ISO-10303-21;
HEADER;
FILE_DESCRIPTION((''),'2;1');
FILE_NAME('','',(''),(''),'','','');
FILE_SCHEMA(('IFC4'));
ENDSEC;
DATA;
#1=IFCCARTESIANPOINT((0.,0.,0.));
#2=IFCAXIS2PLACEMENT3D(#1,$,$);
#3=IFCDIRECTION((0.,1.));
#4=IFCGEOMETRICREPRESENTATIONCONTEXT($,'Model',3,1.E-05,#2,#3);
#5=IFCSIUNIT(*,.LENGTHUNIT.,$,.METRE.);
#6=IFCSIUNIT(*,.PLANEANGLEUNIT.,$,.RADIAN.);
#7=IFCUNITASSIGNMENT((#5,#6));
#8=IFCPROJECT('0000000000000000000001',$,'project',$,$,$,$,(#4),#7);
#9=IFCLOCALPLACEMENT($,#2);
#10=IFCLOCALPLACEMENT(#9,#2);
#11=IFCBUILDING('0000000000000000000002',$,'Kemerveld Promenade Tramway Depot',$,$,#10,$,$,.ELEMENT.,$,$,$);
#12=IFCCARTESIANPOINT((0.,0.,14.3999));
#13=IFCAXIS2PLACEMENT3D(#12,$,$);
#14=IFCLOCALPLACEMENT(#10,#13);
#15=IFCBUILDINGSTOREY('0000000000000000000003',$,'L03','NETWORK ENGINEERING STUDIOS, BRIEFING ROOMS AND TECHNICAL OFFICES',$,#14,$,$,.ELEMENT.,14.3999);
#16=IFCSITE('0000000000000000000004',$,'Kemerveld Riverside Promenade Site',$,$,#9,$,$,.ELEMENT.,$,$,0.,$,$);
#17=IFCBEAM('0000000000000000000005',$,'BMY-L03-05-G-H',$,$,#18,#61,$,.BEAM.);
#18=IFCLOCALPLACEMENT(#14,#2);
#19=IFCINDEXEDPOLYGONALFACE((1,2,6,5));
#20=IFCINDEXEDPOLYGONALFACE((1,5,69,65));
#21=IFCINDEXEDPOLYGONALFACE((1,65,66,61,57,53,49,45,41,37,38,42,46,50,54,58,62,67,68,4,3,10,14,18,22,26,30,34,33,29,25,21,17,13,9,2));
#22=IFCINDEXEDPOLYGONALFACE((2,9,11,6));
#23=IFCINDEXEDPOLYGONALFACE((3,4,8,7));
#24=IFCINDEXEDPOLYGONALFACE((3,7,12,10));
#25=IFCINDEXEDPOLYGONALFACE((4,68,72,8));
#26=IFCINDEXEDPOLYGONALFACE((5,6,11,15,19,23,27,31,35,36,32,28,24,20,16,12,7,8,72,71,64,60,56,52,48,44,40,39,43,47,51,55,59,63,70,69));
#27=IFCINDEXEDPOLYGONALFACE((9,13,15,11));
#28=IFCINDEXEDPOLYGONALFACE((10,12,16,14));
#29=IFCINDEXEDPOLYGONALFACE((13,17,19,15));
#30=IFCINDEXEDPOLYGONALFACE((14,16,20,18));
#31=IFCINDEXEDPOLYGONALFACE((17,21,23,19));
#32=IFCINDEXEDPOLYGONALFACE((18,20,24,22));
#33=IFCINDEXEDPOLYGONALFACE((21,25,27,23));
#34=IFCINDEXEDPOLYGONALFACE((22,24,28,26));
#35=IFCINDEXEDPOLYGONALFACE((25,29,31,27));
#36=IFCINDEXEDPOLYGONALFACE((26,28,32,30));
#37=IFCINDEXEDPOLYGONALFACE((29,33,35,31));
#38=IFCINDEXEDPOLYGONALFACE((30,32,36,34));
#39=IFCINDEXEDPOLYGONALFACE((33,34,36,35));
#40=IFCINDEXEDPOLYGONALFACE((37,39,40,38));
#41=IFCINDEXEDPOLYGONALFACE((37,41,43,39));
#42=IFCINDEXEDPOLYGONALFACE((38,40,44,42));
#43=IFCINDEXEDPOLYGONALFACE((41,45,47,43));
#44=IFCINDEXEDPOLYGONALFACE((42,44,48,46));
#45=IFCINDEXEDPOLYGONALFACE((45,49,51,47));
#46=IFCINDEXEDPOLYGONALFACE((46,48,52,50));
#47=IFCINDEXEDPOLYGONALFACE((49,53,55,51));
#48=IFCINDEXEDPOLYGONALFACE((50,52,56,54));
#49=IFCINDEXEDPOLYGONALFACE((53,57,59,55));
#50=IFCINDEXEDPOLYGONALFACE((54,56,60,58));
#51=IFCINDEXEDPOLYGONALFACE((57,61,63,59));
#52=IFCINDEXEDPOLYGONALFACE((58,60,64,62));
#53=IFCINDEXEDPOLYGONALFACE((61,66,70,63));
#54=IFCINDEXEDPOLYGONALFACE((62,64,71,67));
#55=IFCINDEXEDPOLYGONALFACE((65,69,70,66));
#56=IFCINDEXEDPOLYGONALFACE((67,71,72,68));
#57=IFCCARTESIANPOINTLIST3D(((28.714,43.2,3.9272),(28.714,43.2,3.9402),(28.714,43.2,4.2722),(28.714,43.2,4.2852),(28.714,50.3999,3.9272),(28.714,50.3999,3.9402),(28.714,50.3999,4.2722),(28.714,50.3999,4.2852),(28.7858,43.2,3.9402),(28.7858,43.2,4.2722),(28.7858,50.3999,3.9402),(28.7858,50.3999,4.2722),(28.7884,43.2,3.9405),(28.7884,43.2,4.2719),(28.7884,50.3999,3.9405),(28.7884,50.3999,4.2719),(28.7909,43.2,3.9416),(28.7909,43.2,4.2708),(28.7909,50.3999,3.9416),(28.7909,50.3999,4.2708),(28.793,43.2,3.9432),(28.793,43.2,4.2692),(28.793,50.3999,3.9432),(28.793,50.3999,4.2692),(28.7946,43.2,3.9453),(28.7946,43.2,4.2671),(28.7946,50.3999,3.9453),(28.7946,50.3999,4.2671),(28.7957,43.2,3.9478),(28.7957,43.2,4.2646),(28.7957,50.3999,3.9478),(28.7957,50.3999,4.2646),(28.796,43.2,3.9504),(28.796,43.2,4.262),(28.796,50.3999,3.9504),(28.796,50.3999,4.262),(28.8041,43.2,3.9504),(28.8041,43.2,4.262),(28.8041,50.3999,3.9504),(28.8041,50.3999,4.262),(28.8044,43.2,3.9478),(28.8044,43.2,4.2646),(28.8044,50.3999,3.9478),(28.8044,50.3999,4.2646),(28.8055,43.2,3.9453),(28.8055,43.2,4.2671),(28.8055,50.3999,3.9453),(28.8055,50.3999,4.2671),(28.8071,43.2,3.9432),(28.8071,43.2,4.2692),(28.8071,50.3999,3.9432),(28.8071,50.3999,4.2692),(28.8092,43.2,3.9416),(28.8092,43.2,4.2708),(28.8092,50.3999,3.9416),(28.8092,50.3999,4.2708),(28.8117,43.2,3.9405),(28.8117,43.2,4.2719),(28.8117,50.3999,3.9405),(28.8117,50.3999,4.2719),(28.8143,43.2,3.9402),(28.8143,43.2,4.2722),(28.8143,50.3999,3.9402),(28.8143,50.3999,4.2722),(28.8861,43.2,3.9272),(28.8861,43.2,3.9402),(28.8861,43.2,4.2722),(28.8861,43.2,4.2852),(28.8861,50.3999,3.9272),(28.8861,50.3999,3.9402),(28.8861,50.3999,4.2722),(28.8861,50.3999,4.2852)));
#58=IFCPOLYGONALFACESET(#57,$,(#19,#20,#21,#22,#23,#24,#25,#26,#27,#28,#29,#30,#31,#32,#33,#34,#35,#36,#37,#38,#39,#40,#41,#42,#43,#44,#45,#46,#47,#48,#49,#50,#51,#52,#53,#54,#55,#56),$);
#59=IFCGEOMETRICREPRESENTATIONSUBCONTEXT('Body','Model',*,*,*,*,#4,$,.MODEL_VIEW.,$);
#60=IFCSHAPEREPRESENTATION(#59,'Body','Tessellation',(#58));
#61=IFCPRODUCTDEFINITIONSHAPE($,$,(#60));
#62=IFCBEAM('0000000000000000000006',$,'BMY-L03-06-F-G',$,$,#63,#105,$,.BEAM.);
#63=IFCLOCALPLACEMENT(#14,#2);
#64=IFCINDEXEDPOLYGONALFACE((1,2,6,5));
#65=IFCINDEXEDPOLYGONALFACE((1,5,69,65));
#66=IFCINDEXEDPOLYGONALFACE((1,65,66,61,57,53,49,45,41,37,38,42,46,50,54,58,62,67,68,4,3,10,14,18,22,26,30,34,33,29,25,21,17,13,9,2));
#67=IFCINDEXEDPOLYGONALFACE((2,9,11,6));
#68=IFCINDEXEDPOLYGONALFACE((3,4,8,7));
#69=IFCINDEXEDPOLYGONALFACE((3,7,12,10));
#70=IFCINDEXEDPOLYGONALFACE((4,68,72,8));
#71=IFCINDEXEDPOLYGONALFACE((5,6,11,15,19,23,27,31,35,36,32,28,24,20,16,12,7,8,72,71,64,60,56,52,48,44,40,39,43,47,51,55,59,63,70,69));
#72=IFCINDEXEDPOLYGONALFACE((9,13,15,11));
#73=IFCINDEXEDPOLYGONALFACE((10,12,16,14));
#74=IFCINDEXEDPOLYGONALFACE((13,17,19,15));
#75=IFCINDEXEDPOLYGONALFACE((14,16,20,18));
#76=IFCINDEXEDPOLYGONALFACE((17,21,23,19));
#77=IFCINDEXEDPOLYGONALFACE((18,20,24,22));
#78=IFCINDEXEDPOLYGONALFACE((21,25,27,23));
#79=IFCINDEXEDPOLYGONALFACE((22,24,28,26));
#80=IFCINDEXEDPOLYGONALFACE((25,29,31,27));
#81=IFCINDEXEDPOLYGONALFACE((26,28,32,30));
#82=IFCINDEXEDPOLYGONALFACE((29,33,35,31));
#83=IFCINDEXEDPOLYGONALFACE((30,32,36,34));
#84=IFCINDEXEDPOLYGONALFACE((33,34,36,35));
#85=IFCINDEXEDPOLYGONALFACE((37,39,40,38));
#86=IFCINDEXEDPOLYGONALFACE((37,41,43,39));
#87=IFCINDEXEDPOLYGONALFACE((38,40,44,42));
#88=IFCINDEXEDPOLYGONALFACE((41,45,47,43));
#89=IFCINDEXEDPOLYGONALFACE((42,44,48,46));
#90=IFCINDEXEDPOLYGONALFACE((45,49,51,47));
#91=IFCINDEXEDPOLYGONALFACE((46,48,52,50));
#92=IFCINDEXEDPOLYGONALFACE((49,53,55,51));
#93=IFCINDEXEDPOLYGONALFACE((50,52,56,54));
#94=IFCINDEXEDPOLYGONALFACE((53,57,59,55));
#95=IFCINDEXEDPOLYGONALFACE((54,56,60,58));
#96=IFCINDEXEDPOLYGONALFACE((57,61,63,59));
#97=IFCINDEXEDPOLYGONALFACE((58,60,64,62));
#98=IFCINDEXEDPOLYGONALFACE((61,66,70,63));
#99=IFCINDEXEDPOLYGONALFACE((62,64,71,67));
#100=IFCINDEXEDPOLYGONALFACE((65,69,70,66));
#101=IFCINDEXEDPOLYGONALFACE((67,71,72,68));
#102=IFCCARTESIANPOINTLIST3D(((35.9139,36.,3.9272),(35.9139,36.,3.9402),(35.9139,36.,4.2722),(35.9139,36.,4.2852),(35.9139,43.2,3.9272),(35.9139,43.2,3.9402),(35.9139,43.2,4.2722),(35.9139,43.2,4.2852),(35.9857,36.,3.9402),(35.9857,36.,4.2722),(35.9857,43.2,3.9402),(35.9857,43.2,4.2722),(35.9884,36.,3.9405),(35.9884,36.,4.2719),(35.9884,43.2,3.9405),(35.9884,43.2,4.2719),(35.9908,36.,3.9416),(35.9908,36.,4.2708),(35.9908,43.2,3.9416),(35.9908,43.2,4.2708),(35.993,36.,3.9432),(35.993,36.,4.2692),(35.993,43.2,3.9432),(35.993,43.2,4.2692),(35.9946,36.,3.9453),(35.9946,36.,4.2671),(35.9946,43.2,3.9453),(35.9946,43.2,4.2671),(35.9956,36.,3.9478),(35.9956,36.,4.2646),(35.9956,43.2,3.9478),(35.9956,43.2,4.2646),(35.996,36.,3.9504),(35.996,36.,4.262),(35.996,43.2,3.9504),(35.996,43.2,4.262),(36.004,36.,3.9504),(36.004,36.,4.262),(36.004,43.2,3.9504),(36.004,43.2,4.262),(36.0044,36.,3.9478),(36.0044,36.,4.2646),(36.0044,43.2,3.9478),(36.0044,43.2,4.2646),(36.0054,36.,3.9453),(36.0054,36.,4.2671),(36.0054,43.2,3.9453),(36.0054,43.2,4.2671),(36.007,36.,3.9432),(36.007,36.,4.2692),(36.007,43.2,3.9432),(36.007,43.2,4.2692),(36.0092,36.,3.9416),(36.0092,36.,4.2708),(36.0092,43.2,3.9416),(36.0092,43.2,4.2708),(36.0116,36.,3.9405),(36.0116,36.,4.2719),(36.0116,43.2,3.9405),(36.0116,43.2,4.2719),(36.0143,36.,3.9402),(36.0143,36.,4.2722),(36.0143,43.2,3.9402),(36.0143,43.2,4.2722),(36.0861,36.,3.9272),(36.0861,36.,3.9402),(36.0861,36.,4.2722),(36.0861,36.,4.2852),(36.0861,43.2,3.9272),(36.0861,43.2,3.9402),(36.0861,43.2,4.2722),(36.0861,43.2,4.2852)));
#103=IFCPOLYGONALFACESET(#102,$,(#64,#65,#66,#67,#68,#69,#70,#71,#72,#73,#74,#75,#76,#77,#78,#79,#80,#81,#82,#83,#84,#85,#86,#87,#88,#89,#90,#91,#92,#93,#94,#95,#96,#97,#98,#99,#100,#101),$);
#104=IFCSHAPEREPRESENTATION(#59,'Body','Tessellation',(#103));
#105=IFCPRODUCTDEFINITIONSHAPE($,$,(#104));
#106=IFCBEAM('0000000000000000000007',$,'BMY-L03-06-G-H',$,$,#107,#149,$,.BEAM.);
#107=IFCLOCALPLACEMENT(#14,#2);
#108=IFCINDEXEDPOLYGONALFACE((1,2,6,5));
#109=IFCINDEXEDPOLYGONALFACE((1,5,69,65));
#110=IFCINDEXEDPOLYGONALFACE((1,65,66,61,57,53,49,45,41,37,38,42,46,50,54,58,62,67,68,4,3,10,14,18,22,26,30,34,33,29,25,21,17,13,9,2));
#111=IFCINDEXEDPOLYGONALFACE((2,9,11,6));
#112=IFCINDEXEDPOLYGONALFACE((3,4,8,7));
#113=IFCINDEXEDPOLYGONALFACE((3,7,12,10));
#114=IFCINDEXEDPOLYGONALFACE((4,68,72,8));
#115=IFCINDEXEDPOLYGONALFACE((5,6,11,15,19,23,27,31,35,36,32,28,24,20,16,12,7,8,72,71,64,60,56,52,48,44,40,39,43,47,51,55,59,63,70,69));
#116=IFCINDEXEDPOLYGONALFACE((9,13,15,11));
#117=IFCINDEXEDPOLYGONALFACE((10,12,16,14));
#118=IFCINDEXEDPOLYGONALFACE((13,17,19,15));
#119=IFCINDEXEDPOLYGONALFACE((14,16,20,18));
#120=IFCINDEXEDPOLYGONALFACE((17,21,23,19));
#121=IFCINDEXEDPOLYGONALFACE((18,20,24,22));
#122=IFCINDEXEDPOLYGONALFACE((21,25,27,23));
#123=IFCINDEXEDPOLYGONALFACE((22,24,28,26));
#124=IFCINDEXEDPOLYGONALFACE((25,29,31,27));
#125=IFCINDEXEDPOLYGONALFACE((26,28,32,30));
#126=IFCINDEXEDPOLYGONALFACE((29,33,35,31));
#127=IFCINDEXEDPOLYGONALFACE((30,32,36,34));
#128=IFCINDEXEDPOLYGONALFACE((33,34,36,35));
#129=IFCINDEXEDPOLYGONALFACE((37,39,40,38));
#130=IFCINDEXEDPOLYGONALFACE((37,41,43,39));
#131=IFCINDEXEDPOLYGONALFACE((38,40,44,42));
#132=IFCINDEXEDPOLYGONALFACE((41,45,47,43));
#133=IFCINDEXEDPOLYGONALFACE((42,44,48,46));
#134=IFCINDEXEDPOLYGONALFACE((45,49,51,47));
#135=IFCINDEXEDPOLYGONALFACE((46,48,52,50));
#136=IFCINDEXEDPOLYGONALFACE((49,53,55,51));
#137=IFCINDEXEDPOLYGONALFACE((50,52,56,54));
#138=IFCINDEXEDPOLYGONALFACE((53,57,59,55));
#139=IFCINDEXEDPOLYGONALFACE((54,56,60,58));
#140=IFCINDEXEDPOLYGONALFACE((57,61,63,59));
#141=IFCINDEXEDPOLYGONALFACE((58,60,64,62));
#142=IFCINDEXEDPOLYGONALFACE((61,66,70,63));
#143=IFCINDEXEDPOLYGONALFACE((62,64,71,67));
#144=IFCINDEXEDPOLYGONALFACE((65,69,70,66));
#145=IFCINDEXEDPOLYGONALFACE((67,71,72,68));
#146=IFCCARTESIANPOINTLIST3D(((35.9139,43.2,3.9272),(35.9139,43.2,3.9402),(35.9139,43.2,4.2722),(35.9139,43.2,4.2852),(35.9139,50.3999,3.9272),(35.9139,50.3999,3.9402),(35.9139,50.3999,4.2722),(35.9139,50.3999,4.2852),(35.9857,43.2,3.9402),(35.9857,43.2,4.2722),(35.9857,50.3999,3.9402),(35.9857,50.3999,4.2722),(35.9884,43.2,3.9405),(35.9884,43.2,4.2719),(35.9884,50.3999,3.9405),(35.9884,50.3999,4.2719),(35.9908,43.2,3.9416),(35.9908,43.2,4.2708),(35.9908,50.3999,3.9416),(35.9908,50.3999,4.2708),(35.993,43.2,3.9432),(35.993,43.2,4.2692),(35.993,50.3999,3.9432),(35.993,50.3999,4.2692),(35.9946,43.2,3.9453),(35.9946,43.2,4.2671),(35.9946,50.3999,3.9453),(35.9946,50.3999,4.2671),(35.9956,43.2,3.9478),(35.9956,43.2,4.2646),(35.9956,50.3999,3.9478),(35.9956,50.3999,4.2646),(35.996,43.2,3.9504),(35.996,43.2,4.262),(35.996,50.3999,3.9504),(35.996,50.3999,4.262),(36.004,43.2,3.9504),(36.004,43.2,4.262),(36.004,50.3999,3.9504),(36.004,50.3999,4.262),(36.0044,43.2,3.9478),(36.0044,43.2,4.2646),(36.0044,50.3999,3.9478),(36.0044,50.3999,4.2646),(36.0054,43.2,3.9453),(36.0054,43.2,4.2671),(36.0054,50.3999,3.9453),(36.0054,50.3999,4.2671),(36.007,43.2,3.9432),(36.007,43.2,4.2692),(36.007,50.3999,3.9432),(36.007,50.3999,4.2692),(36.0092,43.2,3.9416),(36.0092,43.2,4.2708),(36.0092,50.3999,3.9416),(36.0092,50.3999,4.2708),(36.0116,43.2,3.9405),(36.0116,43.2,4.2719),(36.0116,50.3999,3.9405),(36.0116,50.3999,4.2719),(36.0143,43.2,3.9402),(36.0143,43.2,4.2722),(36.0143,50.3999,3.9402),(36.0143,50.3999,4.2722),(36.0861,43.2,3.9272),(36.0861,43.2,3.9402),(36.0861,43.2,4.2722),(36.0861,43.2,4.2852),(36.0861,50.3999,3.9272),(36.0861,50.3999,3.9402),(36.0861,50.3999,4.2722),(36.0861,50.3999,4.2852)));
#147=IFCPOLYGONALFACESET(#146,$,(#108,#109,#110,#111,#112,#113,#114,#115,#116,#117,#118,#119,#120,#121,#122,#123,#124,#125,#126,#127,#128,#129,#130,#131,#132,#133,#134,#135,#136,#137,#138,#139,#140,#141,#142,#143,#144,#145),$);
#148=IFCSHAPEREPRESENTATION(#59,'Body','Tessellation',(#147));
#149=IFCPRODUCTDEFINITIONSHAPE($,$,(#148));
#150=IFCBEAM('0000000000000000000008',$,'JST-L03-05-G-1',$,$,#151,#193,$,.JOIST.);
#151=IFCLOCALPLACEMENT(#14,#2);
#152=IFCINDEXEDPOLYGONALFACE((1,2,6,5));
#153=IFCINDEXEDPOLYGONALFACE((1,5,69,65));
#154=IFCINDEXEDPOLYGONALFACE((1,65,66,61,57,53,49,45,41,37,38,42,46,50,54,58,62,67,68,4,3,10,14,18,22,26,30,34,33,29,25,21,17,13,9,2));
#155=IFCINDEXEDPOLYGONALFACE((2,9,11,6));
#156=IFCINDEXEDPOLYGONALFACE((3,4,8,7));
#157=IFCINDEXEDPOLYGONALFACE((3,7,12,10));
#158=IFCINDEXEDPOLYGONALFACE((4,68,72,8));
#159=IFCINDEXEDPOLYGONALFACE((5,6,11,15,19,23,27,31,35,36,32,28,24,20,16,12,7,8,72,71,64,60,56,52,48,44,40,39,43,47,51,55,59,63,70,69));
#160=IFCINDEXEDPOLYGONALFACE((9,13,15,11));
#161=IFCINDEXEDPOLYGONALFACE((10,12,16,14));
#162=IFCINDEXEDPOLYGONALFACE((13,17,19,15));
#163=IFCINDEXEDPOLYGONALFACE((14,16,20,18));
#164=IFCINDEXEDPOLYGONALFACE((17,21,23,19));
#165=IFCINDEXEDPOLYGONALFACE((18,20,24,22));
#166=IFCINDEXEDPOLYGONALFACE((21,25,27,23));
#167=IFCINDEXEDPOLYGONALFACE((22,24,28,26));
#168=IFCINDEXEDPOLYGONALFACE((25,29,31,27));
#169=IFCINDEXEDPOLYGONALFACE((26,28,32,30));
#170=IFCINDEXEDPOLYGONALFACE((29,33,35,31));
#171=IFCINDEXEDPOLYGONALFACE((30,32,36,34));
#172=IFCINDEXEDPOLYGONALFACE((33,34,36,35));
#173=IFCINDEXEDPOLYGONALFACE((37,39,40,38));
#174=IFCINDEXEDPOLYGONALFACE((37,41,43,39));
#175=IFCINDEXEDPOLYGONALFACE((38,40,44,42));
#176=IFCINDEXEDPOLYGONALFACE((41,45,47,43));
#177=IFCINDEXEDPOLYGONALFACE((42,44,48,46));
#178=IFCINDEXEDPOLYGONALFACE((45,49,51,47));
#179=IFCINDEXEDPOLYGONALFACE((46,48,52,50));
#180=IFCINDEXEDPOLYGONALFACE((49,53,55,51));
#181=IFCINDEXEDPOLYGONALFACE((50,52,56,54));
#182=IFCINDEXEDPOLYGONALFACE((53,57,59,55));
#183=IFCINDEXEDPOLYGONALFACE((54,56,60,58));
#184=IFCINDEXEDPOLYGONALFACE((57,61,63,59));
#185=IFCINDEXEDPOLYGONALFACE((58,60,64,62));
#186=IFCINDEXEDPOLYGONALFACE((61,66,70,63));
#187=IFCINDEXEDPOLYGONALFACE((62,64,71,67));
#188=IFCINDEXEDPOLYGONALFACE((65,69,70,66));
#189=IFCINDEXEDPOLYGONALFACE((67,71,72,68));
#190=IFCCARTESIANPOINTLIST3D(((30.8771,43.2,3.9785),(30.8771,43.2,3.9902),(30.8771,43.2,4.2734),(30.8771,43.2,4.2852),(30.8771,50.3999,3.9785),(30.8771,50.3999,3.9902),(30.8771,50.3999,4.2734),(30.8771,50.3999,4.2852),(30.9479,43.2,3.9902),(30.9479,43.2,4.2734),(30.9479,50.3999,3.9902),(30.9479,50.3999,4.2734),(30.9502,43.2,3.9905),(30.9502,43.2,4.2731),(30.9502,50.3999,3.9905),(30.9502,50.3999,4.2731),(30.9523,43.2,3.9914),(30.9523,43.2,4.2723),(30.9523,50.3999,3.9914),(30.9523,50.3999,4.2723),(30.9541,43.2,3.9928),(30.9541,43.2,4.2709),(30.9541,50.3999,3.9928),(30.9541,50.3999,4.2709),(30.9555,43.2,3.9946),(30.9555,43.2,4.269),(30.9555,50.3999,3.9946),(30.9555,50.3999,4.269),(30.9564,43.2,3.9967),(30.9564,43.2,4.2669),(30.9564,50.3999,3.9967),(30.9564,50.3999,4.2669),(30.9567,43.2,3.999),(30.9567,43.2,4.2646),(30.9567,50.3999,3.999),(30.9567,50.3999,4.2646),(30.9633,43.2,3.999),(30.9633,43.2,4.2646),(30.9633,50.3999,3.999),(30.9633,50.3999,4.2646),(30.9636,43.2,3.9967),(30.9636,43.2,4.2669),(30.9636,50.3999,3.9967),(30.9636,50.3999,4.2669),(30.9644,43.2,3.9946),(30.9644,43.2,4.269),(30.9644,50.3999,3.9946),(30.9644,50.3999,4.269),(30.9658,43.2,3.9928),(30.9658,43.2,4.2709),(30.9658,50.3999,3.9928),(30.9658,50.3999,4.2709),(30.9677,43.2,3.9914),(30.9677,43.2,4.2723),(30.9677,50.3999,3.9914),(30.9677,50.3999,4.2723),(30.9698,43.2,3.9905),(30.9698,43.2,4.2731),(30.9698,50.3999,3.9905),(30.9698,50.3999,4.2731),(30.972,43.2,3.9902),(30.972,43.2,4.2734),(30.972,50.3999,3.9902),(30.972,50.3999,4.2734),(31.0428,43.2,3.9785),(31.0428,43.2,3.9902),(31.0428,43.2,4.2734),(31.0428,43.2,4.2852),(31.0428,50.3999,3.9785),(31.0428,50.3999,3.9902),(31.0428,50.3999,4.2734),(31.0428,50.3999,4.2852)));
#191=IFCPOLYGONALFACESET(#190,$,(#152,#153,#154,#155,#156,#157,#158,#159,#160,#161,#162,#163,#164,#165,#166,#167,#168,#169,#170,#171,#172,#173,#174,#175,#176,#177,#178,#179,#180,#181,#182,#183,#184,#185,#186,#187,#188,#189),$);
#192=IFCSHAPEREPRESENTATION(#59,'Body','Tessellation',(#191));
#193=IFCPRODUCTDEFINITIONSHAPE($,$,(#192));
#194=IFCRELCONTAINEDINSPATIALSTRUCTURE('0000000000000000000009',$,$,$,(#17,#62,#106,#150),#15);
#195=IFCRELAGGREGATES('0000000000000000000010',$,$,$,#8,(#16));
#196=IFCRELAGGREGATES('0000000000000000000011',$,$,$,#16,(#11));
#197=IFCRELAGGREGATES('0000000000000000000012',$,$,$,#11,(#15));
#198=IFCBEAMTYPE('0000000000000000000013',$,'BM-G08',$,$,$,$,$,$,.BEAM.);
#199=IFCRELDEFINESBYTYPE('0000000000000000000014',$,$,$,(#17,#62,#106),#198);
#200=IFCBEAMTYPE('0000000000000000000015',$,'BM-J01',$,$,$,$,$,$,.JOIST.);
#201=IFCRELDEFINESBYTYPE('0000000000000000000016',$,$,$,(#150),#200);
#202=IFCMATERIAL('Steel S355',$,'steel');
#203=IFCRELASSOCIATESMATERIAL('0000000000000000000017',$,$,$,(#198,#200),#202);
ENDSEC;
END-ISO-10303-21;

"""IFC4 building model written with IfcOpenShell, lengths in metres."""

from ifc_helpers import new_model, si_unit, direction, frame, origin, origin_2d, place, context, subcontext, project, spatial, i_section, extrude, material, material_profile, profile_set, type_object, element, save


model = new_model("IFC4")

# Units and contexts
model_context = context("Model", 3, precision=1e-05, world=origin(), true_north=direction((0.0, 1.0)))
body_context = subcontext(model_context, "Body", "Model", "MODEL_VIEW")
ifc_project = project(units=[si_unit("LENGTHUNIT", "METRE"), si_unit("PLANEANGLEUNIT", "RADIAN")], contexts=[model_context])

# Site, building, storey
site_placement = place(None, origin())
site = spatial("IfcSite", under=ifc_project, at=site_placement, Name="Kemerveld Riverside Promenade Site", CompositionType="ELEMENT", RefElevation=0.0)
building_placement = place(site_placement, origin())
building = spatial("IfcBuilding", under=site, at=building_placement, Name="Kemerveld Promenade Tramway Depot", CompositionType="ELEMENT")
storey_placement = place(building_placement, frame((0.0, 0.0, 14.3999)))
storey = spatial("IfcBuildingStorey", under=building, at=storey_placement, Name="L03", Description="NETWORK ENGINEERING STUDIOS, BRIEFING ROOMS AND TECHNICAL OFFICES", CompositionType="ELEMENT", Elevation=14.3999)

# Shared definitions
ifc_material = material(Name="Steel S355", Category="steel")

# Beams
ifc_material_profile_1 = material_profile(ifc_material, i_section(OverallWidth=0.1721, OverallDepth=0.3579, WebThickness=0.0081, FlangeThickness=0.0129, FilletRadius=0.0103, at=origin_2d()), Name="356x171x57 UB")
ifc_profile_set_1 = profile_set([ifc_material_profile_1], Name="Steel S355")
beam_type_1 = type_object("IfcBeamType", Name="BM-G08", PredefinedType="BEAM", material=ifc_profile_set_1)
for number, where, z_axis, x_axis, name in (
    (1, (28.8, 43.2, 4.1062), (0.0, 1.0, 0.0), (-1.0, 0.0, 0.0), "BMY-L03-05-G-H"),
    (2, (36.0, 36.0, 4.1062), (0.0, 1.0, 0.0), (-1.0, 0.0, 0.0), "BMY-L03-06-F-G"),
    (3, (36.0, 43.2, 4.1062), (0.0, 1.0, 0.0), (-1.0, 0.0, 0.0), "BMY-L03-06-G-H"),
):
    element("IfcBeam", number, at=place(storey_placement, frame(where, z_axis=z_axis, x_axis=x_axis)), inside=storey, type_object=beam_type_1, Name=name, PredefinedType="BEAM", context=body_context, shape_type="SweptSolid", body=[
        extrude(i_section(OverallWidth=0.1721, OverallDepth=0.3579, WebThickness=0.0081, FlangeThickness=0.0129, FilletRadius=0.0103, at=origin_2d()), origin(), (0.0, 0.0, 1.0), 7.2),
    ])
ifc_material_profile_2 = material_profile(ifc_material, i_section(OverallWidth=0.1658, OverallDepth=0.3066, WebThickness=0.0066, FlangeThickness=0.0117, FilletRadius=0.0088, at=origin_2d()), Name="305x165x46 UB")
ifc_profile_set_2 = profile_set([ifc_material_profile_2], Name="Steel S355")
beam_type_2 = type_object("IfcBeamType", Name="BM-J01", PredefinedType="JOIST", material=ifc_profile_set_2)
for number, where, z_axis, x_axis, name in (
    (4, (30.96, 43.2, 4.1318), (0.0, 1.0, 0.0), (-1.0, 0.0, 0.0), "JST-L03-05-G-1"),
):
    element("IfcBeam", number, at=place(storey_placement, frame(where, z_axis=z_axis, x_axis=x_axis)), inside=storey, type_object=beam_type_2, Name=name, PredefinedType="JOIST", context=body_context, shape_type="SweptSolid", body=[
        extrude(i_section(OverallWidth=0.1658, OverallDepth=0.3066, WebThickness=0.0066, FlangeThickness=0.0117, FilletRadius=0.0088, at=origin_2d()), origin(), (0.0, 0.0, 1.0), 7.2),
    ])

save(model, "model.ifc")
